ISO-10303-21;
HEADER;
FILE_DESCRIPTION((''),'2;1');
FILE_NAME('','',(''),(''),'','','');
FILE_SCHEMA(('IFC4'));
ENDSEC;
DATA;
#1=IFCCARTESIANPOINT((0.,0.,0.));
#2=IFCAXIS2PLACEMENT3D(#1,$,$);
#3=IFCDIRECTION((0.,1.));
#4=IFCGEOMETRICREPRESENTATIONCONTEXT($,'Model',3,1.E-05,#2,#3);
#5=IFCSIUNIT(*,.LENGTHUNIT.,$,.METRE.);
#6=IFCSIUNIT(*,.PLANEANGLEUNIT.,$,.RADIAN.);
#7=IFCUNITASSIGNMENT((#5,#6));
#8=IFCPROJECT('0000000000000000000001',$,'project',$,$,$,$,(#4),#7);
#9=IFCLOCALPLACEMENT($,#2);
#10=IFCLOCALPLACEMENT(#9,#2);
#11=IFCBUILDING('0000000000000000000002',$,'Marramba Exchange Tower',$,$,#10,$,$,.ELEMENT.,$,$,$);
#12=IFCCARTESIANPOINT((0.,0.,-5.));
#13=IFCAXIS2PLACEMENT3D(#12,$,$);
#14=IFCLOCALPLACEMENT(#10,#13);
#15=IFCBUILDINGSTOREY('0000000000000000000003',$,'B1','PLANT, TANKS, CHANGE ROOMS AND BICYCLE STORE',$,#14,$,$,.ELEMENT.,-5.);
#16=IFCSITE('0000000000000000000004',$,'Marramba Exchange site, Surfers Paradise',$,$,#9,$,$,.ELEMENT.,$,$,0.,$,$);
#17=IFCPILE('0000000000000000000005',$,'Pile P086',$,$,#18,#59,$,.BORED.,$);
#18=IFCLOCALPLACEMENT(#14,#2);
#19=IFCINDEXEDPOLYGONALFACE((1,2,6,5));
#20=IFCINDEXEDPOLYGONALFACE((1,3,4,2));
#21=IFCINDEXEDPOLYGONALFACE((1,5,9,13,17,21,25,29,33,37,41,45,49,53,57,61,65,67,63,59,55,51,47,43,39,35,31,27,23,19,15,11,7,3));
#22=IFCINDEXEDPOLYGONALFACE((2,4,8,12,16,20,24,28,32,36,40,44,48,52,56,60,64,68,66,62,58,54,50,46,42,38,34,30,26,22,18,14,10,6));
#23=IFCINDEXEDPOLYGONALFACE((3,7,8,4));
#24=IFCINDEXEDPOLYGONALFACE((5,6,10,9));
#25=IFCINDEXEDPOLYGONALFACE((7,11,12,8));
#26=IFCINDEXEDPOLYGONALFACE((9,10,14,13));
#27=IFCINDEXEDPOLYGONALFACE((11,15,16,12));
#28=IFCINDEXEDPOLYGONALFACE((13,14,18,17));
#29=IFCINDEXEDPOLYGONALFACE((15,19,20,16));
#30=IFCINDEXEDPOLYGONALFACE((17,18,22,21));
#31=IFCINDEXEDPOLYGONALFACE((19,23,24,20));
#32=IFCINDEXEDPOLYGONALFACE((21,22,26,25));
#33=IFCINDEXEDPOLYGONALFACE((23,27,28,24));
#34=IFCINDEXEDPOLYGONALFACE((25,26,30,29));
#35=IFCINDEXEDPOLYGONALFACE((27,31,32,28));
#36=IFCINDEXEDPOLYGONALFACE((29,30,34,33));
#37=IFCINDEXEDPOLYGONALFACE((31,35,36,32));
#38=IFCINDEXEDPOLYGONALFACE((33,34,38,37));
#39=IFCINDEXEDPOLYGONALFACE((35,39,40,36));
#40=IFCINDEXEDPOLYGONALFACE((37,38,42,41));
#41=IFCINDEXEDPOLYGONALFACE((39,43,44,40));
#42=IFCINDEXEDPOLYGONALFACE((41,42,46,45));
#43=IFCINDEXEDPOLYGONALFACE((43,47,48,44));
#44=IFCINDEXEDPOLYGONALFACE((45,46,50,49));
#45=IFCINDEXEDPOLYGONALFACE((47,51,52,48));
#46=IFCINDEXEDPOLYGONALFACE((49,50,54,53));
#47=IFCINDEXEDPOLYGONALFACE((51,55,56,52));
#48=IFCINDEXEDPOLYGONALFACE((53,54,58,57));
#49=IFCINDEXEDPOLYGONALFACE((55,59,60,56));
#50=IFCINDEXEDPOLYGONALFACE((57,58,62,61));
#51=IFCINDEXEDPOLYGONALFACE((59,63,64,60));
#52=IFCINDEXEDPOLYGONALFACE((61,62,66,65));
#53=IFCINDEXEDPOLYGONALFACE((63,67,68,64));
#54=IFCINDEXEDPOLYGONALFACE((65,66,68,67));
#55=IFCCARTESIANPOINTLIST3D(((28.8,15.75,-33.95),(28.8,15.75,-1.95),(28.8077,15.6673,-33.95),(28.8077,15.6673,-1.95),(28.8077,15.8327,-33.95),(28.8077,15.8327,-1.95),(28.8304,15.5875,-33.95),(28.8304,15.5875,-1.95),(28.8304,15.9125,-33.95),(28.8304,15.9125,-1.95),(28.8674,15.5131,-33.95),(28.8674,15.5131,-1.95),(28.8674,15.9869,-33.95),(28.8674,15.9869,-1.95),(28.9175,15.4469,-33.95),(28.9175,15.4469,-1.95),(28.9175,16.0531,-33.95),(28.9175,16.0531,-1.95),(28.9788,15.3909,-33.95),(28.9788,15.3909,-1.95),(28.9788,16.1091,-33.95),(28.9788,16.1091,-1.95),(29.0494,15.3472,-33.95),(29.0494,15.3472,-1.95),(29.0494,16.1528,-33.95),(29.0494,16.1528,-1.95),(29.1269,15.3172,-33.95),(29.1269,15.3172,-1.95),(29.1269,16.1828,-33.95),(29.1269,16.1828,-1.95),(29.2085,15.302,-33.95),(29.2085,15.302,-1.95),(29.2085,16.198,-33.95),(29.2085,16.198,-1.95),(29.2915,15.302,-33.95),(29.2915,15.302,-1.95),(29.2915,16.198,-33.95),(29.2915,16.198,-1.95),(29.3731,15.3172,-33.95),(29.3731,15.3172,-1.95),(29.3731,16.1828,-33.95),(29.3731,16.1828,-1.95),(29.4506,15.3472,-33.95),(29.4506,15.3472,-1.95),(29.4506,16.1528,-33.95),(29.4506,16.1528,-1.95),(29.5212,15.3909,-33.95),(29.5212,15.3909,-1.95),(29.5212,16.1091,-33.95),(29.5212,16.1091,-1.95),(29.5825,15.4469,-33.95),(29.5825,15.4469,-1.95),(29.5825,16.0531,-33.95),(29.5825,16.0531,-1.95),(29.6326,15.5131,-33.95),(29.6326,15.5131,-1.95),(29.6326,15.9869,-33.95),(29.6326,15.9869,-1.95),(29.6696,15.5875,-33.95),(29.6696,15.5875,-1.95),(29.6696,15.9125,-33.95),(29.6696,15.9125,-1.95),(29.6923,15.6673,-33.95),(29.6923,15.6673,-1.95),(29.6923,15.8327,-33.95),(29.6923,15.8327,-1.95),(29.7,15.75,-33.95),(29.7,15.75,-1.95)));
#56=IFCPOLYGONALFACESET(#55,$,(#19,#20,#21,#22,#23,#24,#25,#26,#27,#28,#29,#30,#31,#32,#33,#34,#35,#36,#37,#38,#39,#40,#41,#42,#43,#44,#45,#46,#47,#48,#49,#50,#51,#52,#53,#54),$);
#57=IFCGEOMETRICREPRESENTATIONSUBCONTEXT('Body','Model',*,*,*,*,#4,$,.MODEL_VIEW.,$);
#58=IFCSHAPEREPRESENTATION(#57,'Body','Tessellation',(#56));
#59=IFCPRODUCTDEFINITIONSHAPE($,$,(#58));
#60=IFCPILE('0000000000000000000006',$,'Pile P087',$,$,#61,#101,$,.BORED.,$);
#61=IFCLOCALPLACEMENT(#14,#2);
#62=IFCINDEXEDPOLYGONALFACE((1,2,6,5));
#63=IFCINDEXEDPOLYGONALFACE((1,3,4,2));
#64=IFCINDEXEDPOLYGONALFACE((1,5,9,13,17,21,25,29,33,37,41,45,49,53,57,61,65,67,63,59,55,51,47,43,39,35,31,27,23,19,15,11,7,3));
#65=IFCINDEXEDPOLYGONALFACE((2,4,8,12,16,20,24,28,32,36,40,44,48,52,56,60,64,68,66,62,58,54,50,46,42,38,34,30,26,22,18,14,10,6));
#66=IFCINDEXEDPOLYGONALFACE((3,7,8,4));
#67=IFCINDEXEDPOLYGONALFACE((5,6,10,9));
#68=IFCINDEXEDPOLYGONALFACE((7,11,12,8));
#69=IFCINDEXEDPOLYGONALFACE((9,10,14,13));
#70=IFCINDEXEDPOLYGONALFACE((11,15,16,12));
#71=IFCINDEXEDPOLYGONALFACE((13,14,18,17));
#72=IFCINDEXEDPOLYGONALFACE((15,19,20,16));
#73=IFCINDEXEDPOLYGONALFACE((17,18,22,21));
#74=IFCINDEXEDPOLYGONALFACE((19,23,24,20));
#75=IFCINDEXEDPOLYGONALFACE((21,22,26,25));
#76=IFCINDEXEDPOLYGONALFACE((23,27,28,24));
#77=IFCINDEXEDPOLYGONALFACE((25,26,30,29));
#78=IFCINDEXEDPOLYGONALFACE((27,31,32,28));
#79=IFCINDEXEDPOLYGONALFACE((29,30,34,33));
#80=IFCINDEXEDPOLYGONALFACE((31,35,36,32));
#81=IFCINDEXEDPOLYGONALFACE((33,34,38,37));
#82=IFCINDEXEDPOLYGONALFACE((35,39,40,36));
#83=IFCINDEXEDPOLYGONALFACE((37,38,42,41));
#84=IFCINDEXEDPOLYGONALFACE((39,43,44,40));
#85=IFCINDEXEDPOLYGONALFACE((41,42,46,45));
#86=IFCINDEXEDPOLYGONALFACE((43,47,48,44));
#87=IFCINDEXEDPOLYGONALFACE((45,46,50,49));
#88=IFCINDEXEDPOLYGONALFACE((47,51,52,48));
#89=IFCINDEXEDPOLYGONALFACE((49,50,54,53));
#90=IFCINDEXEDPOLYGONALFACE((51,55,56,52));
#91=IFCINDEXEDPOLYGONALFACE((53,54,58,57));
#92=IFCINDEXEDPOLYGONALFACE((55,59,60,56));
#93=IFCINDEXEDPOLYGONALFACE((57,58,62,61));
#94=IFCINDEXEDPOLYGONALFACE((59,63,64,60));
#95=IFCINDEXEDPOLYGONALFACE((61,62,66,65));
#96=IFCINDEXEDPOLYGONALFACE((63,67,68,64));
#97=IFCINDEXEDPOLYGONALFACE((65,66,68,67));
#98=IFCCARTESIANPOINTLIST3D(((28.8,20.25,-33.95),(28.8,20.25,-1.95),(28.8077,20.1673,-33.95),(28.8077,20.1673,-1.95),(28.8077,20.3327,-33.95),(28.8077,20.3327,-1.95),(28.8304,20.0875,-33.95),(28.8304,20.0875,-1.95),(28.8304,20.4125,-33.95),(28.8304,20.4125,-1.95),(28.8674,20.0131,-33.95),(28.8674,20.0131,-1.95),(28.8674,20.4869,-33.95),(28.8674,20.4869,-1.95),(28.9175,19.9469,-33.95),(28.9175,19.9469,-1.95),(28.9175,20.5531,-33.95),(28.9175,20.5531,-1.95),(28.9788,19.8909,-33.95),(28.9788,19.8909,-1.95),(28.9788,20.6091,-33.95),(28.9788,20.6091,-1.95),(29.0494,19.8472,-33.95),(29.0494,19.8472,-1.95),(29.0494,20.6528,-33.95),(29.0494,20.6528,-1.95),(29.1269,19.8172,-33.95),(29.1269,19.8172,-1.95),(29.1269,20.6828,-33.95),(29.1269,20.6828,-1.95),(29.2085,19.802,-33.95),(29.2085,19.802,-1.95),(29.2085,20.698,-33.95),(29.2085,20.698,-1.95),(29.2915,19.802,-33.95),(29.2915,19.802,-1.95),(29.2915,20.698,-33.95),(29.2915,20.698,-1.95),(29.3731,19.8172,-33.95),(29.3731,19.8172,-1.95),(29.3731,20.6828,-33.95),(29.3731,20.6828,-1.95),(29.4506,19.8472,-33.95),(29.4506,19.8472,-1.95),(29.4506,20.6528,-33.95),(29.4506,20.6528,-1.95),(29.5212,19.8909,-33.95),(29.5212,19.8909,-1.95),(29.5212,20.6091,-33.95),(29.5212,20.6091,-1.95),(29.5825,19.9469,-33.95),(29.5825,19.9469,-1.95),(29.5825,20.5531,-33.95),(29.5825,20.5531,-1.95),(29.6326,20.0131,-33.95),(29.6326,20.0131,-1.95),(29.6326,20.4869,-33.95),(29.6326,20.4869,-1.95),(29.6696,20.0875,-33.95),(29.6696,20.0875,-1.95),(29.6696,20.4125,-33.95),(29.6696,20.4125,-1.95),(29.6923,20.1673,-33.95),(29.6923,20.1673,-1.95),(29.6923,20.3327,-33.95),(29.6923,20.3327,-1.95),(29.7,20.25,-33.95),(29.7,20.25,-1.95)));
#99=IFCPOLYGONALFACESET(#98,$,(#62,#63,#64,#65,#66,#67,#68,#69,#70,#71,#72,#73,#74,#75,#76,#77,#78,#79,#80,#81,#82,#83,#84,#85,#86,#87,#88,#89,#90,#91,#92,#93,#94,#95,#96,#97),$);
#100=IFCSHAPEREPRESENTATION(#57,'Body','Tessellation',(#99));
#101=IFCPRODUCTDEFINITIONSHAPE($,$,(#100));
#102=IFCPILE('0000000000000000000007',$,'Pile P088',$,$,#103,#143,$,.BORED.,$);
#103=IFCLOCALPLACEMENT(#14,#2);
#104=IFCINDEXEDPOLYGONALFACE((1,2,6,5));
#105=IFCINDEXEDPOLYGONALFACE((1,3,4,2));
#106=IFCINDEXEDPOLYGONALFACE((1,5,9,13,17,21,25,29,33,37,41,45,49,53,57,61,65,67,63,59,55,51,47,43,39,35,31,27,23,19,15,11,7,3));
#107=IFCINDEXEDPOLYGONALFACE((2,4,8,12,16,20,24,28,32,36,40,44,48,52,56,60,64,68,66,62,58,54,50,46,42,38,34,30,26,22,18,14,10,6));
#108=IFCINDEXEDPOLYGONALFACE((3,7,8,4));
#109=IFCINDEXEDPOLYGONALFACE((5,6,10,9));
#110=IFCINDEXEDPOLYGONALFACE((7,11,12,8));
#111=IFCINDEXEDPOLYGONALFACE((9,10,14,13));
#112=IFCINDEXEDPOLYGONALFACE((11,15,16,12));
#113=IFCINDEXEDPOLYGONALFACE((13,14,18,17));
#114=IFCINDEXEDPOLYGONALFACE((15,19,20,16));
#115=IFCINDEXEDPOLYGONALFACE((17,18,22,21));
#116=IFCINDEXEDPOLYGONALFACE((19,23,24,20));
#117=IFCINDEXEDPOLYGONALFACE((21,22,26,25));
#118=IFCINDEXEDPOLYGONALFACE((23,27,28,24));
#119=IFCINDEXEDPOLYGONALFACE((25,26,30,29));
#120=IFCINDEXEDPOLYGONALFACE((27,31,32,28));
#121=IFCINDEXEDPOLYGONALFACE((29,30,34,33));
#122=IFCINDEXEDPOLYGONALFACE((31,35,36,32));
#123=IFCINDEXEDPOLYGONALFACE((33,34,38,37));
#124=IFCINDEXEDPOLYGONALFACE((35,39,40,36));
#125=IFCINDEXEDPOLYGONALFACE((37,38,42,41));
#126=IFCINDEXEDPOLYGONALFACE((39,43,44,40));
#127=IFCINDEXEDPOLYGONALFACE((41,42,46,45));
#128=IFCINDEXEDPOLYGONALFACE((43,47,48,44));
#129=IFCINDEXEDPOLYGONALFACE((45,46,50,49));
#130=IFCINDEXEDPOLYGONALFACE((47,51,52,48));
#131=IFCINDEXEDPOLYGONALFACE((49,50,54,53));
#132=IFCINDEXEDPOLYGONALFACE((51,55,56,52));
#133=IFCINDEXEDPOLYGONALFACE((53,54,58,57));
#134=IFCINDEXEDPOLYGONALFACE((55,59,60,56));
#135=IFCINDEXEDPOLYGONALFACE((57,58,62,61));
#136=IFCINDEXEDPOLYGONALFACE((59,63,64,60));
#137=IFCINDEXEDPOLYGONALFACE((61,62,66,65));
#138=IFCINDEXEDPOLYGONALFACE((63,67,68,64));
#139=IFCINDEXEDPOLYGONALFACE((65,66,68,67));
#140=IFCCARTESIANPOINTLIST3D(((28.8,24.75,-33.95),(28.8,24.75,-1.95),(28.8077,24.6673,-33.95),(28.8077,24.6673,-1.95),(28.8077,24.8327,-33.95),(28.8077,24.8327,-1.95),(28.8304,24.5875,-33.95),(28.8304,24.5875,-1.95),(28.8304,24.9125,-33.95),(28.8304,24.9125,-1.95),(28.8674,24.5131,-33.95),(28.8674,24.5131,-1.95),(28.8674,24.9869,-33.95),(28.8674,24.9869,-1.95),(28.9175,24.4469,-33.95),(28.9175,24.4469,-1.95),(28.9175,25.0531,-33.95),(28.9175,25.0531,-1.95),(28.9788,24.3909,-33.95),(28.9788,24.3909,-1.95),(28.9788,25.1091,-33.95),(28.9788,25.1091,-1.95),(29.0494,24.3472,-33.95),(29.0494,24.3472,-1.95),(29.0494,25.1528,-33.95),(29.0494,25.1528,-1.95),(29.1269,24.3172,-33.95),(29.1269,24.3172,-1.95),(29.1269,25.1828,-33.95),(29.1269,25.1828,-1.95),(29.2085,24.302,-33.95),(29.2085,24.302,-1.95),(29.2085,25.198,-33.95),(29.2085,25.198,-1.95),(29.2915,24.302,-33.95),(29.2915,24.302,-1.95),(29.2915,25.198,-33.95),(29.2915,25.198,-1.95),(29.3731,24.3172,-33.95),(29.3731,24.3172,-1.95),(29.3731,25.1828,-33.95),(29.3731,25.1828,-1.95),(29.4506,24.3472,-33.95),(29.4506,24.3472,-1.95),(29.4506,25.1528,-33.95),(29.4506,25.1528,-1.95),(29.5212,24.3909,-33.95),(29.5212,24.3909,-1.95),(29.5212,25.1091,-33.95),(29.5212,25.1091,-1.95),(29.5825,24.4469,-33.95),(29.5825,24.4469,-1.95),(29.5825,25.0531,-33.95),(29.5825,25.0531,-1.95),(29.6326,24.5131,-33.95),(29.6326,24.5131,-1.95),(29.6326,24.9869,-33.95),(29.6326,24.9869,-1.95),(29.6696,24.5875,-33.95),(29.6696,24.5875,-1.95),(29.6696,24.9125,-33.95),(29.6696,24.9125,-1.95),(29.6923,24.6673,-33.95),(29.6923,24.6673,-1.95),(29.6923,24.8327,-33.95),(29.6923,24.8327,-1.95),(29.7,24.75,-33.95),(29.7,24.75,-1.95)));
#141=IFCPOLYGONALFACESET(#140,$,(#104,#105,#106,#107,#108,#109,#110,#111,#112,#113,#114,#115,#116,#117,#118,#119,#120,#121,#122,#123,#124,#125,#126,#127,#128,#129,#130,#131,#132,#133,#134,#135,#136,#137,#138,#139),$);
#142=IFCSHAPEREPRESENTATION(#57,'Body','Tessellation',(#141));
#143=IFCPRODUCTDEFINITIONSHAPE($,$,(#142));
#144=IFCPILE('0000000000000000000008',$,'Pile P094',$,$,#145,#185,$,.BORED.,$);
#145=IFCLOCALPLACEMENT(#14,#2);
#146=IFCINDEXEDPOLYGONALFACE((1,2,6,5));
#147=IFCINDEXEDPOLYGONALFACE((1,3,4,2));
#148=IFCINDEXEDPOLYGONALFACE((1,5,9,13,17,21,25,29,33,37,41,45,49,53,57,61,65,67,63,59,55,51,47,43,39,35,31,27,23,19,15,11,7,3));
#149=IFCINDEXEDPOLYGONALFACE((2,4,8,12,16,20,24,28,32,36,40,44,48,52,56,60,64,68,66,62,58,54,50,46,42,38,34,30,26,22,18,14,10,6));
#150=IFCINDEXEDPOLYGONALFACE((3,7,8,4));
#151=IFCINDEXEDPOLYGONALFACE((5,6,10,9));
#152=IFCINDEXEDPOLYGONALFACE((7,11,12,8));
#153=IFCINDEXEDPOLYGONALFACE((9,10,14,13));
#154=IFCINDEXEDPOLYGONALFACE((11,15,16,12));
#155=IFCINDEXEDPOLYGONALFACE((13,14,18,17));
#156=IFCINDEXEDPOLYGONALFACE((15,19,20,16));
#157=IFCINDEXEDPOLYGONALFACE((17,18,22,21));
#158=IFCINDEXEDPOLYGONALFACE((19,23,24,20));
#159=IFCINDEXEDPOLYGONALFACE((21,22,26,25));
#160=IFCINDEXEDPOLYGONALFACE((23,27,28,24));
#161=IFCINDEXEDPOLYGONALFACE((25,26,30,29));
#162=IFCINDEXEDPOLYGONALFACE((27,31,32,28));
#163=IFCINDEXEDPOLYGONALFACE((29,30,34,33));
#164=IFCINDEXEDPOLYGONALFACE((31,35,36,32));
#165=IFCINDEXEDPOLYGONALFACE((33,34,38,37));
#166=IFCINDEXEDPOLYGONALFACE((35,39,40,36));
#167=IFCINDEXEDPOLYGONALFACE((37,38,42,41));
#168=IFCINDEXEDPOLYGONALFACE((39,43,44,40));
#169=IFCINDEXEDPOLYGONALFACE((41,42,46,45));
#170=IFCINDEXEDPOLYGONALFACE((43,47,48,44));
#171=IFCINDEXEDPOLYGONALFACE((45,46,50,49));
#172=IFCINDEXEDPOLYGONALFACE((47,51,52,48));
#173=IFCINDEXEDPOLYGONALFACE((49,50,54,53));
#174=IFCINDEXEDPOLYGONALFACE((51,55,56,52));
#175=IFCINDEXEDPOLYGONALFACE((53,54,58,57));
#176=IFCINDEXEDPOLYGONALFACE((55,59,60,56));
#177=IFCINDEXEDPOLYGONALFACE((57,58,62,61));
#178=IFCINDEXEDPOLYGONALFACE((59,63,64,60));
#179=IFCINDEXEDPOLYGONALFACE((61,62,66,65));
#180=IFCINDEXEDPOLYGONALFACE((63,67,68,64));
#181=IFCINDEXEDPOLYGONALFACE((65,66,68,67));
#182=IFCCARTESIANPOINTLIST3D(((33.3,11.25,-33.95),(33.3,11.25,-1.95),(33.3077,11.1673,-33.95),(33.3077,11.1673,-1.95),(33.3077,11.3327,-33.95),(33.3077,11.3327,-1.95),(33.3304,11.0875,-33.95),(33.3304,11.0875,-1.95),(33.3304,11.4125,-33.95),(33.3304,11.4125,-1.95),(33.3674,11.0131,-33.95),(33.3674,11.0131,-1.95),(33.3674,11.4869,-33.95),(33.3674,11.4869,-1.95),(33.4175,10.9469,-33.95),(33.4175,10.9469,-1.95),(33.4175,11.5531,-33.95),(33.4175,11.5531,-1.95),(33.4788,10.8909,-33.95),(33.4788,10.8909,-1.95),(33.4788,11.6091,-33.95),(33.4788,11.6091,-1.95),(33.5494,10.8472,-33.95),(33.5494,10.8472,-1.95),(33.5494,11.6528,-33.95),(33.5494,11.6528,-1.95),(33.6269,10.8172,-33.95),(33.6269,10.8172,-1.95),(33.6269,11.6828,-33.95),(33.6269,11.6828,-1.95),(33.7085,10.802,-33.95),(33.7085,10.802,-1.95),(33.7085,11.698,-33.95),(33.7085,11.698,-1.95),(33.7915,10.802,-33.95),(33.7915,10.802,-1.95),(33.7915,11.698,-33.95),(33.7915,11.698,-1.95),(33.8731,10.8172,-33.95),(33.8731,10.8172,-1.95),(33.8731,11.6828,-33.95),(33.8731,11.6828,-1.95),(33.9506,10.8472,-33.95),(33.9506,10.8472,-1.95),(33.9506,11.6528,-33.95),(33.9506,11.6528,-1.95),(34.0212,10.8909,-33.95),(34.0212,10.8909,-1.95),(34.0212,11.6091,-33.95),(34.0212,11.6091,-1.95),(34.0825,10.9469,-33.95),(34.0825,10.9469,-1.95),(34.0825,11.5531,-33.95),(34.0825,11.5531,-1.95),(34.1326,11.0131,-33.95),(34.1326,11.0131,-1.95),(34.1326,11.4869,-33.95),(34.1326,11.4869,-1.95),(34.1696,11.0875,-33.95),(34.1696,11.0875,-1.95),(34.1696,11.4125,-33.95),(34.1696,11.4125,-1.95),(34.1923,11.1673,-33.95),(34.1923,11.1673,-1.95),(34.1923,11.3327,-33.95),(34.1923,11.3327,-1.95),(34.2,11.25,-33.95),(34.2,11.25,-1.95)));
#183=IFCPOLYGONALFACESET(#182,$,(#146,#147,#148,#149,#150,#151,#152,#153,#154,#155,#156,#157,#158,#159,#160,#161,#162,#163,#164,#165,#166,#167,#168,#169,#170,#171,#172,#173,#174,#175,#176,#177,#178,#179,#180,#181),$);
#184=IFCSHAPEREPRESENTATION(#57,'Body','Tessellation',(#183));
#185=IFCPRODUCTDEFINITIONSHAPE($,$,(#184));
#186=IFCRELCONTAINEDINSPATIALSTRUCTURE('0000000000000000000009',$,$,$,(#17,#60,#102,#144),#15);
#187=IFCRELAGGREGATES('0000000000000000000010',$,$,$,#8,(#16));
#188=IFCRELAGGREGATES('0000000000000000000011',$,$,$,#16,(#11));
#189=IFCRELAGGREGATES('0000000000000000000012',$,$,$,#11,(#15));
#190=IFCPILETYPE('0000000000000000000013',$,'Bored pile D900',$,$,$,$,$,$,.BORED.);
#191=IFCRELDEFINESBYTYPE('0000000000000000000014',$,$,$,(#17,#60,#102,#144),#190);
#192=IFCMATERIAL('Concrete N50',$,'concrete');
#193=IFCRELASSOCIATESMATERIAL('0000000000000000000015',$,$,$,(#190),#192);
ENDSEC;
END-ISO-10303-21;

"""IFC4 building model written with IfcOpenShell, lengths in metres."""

from ifc_helpers import new_model, si_unit, direction, frame, origin, origin_2d, place, context, subcontext, project, spatial, circle, extrude, material, material_profile, profile_set, type_object, element, save


model = new_model("IFC4")

# Units and contexts
model_context = context("Model", 3, precision=1e-05, world=origin(), true_north=direction((0.0, 1.0)))
body_context = subcontext(model_context, "Body", "Model", "MODEL_VIEW")
ifc_project = project(units=[si_unit("LENGTHUNIT", "METRE"), si_unit("PLANEANGLEUNIT", "RADIAN")], contexts=[model_context])

# Site, building, storey
site_placement = place(None, origin())
site = spatial("IfcSite", under=ifc_project, at=site_placement, Name="Marramba Exchange site, Surfers Paradise", CompositionType="ELEMENT", RefElevation=0.0)
building_placement = place(site_placement, origin())
building = spatial("IfcBuilding", under=site, at=building_placement, Name="Marramba Exchange Tower", CompositionType="ELEMENT")
storey_placement = place(building_placement, frame((0.0, 0.0, -5.0)))
storey = spatial("IfcBuildingStorey", under=building, at=storey_placement, Name="B1", Description="PLANT, TANKS, CHANGE ROOMS AND BICYCLE STORE", CompositionType="ELEMENT", Elevation=-5.0)

# Piles
ifc_material_1 = material(Name="Concrete N50", Category="concrete")
ifc_material_profile_1 = material_profile(ifc_material_1, circle(Radius=0.45, at=origin_2d()), Name="BP D900")
ifc_profile_set_1 = profile_set([ifc_material_profile_1], Name="Concrete N50")
pile_type = type_object("IfcPileType", Name="Bored pile D900", PredefinedType="BORED", material=ifc_profile_set_1)
for number, where, z_axis, x_axis, name in (
    (1, (29.25, 15.75, -1.95), (0.0, 0.0, -1.0), (1.0, 0.0, 0.0), "Pile P086"),
    (2, (29.25, 20.25, -1.95), (0.0, 0.0, -1.0), (1.0, 0.0, 0.0), "Pile P087"),
    (3, (29.25, 24.75, -1.95), (0.0, 0.0, -1.0), (1.0, 0.0, 0.0), "Pile P088"),
    (4, (33.75, 11.25, -1.95), (0.0, 0.0, -1.0), (1.0, 0.0, 0.0), "Pile P094"),
):
    element("IfcPile", number, at=place(storey_placement, frame(where, z_axis=z_axis, x_axis=x_axis)), inside=storey, type_object=pile_type, Name=name, PredefinedType="BORED", context=body_context, shape_type="SweptSolid", body=[
        extrude(circle(Radius=0.45, at=origin_2d()), origin(), (0.0, 0.0, 1.0), 32.0),
    ])

save(model, "model.ifc")
